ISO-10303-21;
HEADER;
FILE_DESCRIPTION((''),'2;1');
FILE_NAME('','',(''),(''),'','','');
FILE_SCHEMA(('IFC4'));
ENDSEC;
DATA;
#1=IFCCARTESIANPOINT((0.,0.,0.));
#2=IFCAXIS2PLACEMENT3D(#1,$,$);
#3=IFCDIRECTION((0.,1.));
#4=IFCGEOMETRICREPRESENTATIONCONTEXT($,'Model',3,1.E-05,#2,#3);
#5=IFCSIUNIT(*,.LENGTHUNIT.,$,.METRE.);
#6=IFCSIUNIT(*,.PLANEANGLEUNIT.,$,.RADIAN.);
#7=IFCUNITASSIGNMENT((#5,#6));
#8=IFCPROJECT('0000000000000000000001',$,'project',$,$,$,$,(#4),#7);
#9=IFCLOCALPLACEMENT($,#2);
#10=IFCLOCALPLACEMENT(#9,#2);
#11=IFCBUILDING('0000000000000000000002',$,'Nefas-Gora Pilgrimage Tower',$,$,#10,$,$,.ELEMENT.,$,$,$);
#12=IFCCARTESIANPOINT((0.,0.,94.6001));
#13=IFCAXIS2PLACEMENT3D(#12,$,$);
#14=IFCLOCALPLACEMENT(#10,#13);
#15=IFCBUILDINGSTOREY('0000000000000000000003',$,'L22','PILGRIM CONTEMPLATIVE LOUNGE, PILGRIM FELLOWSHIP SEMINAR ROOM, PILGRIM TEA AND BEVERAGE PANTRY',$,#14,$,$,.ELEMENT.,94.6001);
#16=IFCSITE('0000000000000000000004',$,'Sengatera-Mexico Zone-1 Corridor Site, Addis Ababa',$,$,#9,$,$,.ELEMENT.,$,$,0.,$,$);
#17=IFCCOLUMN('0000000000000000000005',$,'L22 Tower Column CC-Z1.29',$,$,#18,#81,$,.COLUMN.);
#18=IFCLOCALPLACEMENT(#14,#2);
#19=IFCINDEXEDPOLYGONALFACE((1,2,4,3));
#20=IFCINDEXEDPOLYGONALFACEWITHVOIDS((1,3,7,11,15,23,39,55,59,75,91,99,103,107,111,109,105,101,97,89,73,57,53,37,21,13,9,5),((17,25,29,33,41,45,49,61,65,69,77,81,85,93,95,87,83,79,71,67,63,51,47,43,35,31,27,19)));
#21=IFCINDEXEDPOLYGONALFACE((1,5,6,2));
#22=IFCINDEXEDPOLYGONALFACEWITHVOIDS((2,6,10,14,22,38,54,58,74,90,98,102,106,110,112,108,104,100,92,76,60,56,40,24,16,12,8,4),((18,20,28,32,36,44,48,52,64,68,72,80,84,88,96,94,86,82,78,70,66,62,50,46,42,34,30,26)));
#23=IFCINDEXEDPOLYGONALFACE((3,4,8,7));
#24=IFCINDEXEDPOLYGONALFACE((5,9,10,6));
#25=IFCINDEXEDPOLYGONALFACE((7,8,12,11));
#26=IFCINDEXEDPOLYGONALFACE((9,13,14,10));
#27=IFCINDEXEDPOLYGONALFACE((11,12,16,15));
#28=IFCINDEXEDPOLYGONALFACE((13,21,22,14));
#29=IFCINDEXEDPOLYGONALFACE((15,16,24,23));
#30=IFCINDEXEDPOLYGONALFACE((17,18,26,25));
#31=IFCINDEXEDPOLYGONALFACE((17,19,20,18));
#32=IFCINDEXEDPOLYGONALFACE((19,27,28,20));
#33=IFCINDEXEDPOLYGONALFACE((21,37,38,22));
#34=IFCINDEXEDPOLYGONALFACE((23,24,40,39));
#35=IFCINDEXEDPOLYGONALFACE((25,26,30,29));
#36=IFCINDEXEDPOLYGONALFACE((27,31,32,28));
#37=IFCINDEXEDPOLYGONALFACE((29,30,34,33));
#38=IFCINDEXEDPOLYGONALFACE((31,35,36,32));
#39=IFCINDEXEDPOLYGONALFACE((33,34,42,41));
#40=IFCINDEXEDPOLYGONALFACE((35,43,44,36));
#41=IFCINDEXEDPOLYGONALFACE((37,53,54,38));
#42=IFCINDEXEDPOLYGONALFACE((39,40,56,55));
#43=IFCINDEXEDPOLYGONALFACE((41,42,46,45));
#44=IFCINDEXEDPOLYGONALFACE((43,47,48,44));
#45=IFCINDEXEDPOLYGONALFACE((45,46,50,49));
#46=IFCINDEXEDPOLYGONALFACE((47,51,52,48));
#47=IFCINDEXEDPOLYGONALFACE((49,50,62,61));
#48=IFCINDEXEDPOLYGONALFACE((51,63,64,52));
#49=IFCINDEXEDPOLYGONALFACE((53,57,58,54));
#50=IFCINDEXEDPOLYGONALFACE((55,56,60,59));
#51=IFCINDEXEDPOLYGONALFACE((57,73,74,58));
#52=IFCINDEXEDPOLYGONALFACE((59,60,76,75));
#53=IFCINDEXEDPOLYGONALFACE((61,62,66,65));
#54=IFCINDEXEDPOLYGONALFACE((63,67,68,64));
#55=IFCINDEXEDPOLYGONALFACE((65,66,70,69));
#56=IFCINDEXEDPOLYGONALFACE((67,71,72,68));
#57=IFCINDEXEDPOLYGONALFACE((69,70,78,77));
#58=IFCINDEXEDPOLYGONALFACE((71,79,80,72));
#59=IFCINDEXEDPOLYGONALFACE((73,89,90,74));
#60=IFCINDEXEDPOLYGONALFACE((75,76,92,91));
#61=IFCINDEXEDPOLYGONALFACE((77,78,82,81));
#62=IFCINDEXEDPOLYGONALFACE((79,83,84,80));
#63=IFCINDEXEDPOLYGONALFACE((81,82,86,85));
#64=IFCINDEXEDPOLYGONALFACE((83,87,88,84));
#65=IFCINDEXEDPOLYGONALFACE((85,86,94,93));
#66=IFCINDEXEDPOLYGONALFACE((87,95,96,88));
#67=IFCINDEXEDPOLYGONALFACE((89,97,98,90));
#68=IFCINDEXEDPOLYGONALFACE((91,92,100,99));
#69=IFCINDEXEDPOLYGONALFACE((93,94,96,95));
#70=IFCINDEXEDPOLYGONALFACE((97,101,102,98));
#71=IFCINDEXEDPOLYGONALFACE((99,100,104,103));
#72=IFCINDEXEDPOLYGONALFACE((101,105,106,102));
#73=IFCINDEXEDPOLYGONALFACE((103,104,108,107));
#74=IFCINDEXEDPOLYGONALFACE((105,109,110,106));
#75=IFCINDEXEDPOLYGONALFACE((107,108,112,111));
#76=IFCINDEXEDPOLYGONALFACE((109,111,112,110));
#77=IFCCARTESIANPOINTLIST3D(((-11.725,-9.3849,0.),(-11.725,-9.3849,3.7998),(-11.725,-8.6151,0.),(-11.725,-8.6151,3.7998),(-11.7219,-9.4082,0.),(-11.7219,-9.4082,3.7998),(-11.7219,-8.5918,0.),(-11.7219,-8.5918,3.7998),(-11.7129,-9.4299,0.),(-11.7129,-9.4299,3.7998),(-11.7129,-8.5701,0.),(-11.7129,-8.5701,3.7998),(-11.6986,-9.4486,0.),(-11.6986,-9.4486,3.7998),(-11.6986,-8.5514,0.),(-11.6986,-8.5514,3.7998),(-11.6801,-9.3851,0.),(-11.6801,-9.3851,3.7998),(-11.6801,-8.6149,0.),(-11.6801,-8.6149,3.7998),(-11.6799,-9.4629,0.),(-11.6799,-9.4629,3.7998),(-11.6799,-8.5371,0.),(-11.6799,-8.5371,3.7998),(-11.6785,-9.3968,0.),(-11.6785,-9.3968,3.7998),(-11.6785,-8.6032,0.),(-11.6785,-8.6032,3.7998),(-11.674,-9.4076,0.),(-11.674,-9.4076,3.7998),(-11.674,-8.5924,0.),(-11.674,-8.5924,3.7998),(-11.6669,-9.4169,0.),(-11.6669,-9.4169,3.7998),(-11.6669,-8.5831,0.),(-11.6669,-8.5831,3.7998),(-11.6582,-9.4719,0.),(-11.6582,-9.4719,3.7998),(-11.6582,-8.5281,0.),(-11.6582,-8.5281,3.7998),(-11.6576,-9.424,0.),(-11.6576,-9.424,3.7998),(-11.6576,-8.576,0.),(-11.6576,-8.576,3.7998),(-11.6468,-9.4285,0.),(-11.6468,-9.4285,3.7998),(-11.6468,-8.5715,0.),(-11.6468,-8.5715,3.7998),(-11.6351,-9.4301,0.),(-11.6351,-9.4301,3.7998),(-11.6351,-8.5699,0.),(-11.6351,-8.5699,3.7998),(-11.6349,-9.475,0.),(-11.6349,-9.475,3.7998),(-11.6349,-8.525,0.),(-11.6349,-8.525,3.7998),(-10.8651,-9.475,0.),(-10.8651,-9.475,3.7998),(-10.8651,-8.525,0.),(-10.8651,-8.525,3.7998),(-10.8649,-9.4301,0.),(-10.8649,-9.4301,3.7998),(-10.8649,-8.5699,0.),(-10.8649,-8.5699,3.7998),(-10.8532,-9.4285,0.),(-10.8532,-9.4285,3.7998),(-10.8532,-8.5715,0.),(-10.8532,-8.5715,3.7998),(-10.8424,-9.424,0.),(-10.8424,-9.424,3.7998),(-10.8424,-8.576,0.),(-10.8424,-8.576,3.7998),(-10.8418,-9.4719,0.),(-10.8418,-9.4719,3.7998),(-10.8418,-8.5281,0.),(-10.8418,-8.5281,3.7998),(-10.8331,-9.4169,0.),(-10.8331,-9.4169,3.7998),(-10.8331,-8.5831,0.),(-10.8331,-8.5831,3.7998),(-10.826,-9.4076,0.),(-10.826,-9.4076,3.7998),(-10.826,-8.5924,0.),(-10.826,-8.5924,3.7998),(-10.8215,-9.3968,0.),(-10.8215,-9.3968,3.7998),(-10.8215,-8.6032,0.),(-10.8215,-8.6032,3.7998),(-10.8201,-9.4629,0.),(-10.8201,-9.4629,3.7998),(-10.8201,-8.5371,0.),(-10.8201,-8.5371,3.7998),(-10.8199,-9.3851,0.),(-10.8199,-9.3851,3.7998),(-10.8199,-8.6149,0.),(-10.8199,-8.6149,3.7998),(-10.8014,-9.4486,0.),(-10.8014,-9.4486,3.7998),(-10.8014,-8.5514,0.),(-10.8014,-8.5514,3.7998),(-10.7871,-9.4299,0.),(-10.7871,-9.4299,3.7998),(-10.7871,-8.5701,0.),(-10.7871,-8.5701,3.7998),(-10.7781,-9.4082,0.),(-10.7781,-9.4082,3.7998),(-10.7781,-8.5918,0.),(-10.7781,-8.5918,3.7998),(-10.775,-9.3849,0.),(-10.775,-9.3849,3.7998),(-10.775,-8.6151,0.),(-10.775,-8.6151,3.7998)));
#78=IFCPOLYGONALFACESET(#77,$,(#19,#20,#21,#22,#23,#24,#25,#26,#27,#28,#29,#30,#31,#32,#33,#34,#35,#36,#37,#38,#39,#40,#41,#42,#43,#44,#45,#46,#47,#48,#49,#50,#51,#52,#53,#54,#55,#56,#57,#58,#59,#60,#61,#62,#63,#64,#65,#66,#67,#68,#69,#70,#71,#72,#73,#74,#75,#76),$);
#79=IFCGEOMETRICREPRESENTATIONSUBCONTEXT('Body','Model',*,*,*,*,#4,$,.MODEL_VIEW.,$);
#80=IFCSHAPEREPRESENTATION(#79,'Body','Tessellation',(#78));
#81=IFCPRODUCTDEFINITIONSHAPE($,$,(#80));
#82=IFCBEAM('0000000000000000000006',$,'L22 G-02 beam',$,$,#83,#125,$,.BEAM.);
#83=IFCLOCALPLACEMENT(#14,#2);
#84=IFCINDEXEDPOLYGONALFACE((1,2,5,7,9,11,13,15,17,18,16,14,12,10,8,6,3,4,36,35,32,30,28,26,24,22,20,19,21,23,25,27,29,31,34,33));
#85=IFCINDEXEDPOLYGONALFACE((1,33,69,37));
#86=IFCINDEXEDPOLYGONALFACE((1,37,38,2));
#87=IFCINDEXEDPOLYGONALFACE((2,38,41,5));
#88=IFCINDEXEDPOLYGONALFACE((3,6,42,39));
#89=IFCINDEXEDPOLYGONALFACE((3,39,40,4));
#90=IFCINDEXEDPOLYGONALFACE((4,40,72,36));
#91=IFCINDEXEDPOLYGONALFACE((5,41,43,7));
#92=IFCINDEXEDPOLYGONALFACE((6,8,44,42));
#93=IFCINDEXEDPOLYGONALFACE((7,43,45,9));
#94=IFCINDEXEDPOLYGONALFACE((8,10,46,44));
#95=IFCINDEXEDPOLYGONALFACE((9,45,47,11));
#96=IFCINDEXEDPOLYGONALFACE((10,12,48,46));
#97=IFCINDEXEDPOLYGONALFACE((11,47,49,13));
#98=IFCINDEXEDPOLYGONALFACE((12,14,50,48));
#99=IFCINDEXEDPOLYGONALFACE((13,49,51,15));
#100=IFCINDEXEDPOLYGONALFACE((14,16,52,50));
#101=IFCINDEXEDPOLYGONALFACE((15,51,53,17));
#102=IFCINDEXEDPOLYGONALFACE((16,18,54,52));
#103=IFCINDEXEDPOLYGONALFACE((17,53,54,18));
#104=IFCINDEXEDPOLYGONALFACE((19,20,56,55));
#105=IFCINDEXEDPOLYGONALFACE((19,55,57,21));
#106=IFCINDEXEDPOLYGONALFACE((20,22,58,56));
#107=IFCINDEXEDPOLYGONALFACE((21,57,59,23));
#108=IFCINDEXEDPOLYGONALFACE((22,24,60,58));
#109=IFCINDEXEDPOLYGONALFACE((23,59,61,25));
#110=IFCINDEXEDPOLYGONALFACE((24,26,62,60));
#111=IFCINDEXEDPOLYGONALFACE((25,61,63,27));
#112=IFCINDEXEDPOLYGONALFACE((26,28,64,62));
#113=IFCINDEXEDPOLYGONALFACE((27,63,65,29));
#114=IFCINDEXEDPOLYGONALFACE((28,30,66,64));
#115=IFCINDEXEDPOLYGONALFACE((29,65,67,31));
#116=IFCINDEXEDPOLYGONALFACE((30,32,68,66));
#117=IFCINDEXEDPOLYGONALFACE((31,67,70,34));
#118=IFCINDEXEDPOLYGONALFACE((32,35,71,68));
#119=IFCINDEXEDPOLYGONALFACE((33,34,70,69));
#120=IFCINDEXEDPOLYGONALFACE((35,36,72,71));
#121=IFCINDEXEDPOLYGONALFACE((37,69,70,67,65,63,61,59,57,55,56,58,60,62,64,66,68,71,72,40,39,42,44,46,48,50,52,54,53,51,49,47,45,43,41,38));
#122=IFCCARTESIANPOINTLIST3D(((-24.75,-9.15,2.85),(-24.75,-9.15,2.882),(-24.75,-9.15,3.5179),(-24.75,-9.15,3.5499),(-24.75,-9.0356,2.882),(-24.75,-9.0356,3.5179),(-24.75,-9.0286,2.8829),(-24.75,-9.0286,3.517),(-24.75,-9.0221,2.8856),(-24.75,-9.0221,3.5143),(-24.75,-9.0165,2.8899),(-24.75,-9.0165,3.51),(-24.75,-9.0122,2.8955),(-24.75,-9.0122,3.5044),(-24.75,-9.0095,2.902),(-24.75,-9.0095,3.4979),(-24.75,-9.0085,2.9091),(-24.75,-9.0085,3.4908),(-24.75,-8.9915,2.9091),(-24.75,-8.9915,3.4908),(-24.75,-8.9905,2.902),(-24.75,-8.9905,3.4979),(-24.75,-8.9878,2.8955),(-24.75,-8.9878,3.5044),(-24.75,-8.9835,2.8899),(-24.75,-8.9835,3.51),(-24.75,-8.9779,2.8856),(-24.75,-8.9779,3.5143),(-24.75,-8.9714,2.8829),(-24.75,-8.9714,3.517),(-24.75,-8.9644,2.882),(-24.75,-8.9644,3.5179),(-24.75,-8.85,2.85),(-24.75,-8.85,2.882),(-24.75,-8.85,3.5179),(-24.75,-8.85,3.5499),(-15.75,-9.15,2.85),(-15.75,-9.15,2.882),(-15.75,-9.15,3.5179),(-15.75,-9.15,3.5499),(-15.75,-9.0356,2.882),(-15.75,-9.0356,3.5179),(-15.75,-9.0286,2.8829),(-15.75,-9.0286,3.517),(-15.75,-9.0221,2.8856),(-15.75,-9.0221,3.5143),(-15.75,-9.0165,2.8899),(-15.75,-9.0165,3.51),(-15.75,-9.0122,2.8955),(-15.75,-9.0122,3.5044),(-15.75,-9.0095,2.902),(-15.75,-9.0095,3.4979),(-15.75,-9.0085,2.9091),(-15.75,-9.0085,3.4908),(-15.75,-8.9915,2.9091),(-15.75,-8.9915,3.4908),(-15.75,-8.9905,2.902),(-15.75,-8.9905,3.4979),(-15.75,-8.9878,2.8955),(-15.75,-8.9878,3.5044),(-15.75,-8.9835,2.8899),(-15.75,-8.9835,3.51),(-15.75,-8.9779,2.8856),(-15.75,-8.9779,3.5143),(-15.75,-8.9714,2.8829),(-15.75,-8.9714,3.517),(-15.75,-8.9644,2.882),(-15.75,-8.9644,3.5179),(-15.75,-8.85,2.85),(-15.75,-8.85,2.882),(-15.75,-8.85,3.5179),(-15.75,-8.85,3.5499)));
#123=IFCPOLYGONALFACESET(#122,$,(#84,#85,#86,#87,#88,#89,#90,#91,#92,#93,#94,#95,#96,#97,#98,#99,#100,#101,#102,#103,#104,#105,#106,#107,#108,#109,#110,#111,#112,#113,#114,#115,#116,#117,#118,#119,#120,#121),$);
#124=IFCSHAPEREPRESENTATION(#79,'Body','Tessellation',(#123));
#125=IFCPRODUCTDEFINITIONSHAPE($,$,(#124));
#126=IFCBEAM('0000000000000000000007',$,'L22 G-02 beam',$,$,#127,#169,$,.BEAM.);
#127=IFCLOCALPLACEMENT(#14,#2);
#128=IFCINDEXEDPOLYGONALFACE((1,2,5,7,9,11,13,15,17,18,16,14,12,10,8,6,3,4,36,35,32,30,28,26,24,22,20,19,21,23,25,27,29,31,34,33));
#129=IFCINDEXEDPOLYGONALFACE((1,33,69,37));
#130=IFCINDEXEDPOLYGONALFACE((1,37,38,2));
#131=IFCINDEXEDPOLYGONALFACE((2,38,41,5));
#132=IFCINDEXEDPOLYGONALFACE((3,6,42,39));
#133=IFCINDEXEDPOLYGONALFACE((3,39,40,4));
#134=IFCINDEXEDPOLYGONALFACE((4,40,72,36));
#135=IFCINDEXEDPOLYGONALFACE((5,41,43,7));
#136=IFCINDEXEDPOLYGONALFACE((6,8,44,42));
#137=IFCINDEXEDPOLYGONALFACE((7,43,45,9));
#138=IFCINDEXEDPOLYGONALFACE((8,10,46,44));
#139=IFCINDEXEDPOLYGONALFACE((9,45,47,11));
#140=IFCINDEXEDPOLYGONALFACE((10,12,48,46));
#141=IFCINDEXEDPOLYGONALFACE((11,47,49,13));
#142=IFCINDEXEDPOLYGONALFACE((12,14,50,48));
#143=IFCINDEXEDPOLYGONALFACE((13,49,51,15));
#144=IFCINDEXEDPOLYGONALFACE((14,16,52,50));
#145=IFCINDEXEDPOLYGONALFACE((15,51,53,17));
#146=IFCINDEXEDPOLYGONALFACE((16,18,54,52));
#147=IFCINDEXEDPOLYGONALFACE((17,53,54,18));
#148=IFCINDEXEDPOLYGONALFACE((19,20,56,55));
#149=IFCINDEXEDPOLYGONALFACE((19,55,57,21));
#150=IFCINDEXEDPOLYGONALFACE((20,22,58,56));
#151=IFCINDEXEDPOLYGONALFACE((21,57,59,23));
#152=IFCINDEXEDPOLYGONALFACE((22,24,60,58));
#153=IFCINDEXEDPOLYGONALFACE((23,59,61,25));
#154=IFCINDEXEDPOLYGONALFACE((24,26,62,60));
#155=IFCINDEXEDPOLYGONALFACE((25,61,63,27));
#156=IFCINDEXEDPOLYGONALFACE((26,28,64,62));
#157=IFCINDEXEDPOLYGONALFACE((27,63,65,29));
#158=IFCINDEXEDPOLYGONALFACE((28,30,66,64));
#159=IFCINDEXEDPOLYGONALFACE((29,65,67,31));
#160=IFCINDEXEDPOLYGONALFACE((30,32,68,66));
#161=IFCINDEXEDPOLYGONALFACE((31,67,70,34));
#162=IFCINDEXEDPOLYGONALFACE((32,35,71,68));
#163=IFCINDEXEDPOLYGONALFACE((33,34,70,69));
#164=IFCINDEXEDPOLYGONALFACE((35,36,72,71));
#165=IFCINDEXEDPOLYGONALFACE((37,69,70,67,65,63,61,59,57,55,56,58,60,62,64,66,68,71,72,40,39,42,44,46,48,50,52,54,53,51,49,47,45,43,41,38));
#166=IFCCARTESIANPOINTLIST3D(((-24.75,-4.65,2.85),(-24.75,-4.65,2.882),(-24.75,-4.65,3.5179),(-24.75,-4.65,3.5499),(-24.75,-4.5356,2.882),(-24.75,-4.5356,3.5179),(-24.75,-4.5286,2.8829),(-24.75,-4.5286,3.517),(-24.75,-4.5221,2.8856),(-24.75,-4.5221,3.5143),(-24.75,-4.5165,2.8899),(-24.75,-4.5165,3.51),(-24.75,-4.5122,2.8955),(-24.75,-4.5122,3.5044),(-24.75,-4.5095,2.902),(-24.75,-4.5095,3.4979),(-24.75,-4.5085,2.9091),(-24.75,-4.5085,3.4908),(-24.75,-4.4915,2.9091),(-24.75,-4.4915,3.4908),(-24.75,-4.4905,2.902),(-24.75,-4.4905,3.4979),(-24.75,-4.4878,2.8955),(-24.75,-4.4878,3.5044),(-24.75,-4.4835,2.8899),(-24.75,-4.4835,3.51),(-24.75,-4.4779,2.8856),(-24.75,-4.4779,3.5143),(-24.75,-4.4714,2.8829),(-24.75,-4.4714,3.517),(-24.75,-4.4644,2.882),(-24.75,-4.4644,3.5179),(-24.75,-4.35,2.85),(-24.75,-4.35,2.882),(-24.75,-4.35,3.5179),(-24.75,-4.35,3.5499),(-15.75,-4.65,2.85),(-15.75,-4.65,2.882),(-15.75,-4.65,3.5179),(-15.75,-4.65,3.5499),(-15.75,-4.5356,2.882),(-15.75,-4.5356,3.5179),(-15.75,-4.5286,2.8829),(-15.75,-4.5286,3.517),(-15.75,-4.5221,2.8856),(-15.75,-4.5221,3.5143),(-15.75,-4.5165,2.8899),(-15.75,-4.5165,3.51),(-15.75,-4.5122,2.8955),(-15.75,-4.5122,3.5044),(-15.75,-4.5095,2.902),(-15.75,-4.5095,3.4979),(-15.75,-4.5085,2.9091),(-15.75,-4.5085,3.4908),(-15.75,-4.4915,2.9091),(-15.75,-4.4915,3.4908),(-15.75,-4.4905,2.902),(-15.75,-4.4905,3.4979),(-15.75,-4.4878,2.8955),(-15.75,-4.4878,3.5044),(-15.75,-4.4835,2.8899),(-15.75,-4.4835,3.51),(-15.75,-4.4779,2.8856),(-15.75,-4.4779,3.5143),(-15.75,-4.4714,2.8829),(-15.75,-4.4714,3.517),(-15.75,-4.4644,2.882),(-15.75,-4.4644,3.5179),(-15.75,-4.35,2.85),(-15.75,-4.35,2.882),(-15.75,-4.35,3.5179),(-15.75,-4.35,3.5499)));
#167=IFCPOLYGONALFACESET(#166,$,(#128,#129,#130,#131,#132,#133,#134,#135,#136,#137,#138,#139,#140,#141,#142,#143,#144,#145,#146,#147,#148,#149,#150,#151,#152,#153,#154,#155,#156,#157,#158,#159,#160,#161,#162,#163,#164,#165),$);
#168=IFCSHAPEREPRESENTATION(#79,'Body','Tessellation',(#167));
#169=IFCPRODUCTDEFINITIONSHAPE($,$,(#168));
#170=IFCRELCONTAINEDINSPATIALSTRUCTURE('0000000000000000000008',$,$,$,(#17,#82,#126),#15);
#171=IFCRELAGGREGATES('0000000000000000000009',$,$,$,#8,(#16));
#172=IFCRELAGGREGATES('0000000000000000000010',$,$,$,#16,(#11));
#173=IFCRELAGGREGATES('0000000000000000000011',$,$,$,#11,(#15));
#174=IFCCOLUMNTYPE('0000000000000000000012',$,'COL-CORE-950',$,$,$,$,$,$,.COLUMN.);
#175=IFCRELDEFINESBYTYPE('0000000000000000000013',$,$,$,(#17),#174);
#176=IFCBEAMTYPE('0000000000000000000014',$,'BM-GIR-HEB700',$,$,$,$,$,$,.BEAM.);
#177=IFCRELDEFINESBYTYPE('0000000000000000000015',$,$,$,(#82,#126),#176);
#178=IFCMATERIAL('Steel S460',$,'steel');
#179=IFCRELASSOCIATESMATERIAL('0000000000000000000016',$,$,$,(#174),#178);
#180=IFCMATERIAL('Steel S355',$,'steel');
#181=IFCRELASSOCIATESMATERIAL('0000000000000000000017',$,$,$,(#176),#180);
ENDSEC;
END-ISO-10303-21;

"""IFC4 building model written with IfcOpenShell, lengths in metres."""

from ifc_helpers import new_model, si_unit, direction, frame, origin, origin_2d, place, context, subcontext, project, spatial, hollow_rectangle, i_section, extrude, source, transform, mapped, material, material_profile, profile_set, type_object, element, save


model = new_model("IFC4")

# Units and contexts
model_context = context("Model", 3, precision=1e-05, world=origin(), true_north=direction((0.0, 1.0)))
body_context = subcontext(model_context, "Body", "Model", "MODEL_VIEW")
ifc_project = project(units=[si_unit("LENGTHUNIT", "METRE"), si_unit("PLANEANGLEUNIT", "RADIAN")], contexts=[model_context])

# Site, building, storey
site_placement = place(None, origin())
site = spatial("IfcSite", under=ifc_project, at=site_placement, Name="Sengatera-Mexico Zone-1 Corridor Site, Addis Ababa", CompositionType="ELEMENT", RefElevation=0.0)
building_placement = place(site_placement, origin())
building = spatial("IfcBuilding", under=site, at=building_placement, Name="Nefas-Gora Pilgrimage Tower", CompositionType="ELEMENT")
storey_placement = place(building_placement, frame((0.0, 0.0, 94.6001)))
storey = spatial("IfcBuildingStorey", under=building, at=storey_placement, Name="L22", Description="PILGRIM CONTEMPLATIVE LOUNGE, PILGRIM FELLOWSHIP SEMINAR ROOM, PILGRIM TEA AND BEVERAGE PANTRY", CompositionType="ELEMENT", Elevation=94.6001)

# Column
ifc_material_1 = material(Name="Steel S460", Category="steel")
ifc_material_profile_1 = material_profile(ifc_material_1, hollow_rectangle(XDim=0.95, YDim=0.95, WallThickness=0.0449, InnerFilletRadius=0.0449, OuterFilletRadius=0.0901, at=origin_2d()), Name="BOX 950x950x45")
ifc_profile_set_1 = profile_set([ifc_material_profile_1], Name="Steel S460")
column_type_1 = type_object("IfcColumnType", Name="COL-CORE-950", PredefinedType="COLUMN", material=ifc_profile_set_1)
shared_shape_1 = source(origin(), body_context, "Body", "SweptSolid", [
    extrude(hollow_rectangle(XDim=0.95, YDim=0.95, WallThickness=0.0449, InnerFilletRadius=0.0449, OuterFilletRadius=0.0901, at=origin_2d()), origin(), (0.0, 0.0, 1.0), 3.7998),
])
column_1_placement = place(storey_placement, frame((-11.25, -9.0, 0.0), z_axis=(0.0, 0.0, 1.0), x_axis=(1.0, 0.0, 0.0)))
element("IfcColumn", 1, at=column_1_placement, inside=storey, type_object=column_type_1, Name="L22 Tower Column CC-Z1.29", PredefinedType="COLUMN", context=body_context, shape_type="MappedRepresentation", body=[
    mapped(shared_shape_1, transform((0.0, 0.0, 0.0), x_axis=(1.0, 0.0, 0.0), y_axis=(0.0, 1.0, 0.0), z_axis=(0.0, 0.0, 1.0), scale=1.0)),
])

# Beams
ifc_material_2 = material(Name="Steel S355", Category="steel")
ifc_material_profile_2 = material_profile(ifc_material_2, i_section(OverallWidth=0.3, OverallDepth=0.7, WebThickness=0.0171, FlangeThickness=0.032, FilletRadius=0.0271, at=origin_2d()), Name="HEB 700")
ifc_profile_set_2 = profile_set([ifc_material_profile_2], Name="Steel S355")
beam_type = type_object("IfcBeamType", Name="BM-GIR-HEB700", PredefinedType="BEAM", material=ifc_profile_set_2)
shared_shape_2 = source(origin(), body_context, "Body", "SweptSolid", [
    extrude(i_section(OverallWidth=0.3, OverallDepth=0.7, WebThickness=0.0171, FlangeThickness=0.032, FilletRadius=0.0271, at=origin_2d()), origin(), (0.0, 0.0, 1.0), 9.0),
])
for number, where, z_axis, x_axis, name in (
    (2, (-24.75, -9.0, 3.2), (1.0, 0.0, 0.0), (0.0, 1.0, 0.0), "L22 G-02 beam"),
    (3, (-24.75, -4.5, 3.2), (1.0, 0.0, 0.0), (0.0, 1.0, 0.0), "L22 G-02 beam"),
):
    element("IfcBeam", number, at=place(storey_placement, frame(where, z_axis=z_axis, x_axis=x_axis)), inside=storey, type_object=beam_type, Name=name, PredefinedType="BEAM", context=body_context, shape_type="MappedRepresentation", body=[
        mapped(shared_shape_2, transform((0.0, 0.0, 0.0), x_axis=(1.0, 0.0, 0.0), y_axis=(0.0, 1.0, 0.0), z_axis=(0.0, 0.0, 1.0), scale=1.0)),
    ])

save(model, "model.ifc")
